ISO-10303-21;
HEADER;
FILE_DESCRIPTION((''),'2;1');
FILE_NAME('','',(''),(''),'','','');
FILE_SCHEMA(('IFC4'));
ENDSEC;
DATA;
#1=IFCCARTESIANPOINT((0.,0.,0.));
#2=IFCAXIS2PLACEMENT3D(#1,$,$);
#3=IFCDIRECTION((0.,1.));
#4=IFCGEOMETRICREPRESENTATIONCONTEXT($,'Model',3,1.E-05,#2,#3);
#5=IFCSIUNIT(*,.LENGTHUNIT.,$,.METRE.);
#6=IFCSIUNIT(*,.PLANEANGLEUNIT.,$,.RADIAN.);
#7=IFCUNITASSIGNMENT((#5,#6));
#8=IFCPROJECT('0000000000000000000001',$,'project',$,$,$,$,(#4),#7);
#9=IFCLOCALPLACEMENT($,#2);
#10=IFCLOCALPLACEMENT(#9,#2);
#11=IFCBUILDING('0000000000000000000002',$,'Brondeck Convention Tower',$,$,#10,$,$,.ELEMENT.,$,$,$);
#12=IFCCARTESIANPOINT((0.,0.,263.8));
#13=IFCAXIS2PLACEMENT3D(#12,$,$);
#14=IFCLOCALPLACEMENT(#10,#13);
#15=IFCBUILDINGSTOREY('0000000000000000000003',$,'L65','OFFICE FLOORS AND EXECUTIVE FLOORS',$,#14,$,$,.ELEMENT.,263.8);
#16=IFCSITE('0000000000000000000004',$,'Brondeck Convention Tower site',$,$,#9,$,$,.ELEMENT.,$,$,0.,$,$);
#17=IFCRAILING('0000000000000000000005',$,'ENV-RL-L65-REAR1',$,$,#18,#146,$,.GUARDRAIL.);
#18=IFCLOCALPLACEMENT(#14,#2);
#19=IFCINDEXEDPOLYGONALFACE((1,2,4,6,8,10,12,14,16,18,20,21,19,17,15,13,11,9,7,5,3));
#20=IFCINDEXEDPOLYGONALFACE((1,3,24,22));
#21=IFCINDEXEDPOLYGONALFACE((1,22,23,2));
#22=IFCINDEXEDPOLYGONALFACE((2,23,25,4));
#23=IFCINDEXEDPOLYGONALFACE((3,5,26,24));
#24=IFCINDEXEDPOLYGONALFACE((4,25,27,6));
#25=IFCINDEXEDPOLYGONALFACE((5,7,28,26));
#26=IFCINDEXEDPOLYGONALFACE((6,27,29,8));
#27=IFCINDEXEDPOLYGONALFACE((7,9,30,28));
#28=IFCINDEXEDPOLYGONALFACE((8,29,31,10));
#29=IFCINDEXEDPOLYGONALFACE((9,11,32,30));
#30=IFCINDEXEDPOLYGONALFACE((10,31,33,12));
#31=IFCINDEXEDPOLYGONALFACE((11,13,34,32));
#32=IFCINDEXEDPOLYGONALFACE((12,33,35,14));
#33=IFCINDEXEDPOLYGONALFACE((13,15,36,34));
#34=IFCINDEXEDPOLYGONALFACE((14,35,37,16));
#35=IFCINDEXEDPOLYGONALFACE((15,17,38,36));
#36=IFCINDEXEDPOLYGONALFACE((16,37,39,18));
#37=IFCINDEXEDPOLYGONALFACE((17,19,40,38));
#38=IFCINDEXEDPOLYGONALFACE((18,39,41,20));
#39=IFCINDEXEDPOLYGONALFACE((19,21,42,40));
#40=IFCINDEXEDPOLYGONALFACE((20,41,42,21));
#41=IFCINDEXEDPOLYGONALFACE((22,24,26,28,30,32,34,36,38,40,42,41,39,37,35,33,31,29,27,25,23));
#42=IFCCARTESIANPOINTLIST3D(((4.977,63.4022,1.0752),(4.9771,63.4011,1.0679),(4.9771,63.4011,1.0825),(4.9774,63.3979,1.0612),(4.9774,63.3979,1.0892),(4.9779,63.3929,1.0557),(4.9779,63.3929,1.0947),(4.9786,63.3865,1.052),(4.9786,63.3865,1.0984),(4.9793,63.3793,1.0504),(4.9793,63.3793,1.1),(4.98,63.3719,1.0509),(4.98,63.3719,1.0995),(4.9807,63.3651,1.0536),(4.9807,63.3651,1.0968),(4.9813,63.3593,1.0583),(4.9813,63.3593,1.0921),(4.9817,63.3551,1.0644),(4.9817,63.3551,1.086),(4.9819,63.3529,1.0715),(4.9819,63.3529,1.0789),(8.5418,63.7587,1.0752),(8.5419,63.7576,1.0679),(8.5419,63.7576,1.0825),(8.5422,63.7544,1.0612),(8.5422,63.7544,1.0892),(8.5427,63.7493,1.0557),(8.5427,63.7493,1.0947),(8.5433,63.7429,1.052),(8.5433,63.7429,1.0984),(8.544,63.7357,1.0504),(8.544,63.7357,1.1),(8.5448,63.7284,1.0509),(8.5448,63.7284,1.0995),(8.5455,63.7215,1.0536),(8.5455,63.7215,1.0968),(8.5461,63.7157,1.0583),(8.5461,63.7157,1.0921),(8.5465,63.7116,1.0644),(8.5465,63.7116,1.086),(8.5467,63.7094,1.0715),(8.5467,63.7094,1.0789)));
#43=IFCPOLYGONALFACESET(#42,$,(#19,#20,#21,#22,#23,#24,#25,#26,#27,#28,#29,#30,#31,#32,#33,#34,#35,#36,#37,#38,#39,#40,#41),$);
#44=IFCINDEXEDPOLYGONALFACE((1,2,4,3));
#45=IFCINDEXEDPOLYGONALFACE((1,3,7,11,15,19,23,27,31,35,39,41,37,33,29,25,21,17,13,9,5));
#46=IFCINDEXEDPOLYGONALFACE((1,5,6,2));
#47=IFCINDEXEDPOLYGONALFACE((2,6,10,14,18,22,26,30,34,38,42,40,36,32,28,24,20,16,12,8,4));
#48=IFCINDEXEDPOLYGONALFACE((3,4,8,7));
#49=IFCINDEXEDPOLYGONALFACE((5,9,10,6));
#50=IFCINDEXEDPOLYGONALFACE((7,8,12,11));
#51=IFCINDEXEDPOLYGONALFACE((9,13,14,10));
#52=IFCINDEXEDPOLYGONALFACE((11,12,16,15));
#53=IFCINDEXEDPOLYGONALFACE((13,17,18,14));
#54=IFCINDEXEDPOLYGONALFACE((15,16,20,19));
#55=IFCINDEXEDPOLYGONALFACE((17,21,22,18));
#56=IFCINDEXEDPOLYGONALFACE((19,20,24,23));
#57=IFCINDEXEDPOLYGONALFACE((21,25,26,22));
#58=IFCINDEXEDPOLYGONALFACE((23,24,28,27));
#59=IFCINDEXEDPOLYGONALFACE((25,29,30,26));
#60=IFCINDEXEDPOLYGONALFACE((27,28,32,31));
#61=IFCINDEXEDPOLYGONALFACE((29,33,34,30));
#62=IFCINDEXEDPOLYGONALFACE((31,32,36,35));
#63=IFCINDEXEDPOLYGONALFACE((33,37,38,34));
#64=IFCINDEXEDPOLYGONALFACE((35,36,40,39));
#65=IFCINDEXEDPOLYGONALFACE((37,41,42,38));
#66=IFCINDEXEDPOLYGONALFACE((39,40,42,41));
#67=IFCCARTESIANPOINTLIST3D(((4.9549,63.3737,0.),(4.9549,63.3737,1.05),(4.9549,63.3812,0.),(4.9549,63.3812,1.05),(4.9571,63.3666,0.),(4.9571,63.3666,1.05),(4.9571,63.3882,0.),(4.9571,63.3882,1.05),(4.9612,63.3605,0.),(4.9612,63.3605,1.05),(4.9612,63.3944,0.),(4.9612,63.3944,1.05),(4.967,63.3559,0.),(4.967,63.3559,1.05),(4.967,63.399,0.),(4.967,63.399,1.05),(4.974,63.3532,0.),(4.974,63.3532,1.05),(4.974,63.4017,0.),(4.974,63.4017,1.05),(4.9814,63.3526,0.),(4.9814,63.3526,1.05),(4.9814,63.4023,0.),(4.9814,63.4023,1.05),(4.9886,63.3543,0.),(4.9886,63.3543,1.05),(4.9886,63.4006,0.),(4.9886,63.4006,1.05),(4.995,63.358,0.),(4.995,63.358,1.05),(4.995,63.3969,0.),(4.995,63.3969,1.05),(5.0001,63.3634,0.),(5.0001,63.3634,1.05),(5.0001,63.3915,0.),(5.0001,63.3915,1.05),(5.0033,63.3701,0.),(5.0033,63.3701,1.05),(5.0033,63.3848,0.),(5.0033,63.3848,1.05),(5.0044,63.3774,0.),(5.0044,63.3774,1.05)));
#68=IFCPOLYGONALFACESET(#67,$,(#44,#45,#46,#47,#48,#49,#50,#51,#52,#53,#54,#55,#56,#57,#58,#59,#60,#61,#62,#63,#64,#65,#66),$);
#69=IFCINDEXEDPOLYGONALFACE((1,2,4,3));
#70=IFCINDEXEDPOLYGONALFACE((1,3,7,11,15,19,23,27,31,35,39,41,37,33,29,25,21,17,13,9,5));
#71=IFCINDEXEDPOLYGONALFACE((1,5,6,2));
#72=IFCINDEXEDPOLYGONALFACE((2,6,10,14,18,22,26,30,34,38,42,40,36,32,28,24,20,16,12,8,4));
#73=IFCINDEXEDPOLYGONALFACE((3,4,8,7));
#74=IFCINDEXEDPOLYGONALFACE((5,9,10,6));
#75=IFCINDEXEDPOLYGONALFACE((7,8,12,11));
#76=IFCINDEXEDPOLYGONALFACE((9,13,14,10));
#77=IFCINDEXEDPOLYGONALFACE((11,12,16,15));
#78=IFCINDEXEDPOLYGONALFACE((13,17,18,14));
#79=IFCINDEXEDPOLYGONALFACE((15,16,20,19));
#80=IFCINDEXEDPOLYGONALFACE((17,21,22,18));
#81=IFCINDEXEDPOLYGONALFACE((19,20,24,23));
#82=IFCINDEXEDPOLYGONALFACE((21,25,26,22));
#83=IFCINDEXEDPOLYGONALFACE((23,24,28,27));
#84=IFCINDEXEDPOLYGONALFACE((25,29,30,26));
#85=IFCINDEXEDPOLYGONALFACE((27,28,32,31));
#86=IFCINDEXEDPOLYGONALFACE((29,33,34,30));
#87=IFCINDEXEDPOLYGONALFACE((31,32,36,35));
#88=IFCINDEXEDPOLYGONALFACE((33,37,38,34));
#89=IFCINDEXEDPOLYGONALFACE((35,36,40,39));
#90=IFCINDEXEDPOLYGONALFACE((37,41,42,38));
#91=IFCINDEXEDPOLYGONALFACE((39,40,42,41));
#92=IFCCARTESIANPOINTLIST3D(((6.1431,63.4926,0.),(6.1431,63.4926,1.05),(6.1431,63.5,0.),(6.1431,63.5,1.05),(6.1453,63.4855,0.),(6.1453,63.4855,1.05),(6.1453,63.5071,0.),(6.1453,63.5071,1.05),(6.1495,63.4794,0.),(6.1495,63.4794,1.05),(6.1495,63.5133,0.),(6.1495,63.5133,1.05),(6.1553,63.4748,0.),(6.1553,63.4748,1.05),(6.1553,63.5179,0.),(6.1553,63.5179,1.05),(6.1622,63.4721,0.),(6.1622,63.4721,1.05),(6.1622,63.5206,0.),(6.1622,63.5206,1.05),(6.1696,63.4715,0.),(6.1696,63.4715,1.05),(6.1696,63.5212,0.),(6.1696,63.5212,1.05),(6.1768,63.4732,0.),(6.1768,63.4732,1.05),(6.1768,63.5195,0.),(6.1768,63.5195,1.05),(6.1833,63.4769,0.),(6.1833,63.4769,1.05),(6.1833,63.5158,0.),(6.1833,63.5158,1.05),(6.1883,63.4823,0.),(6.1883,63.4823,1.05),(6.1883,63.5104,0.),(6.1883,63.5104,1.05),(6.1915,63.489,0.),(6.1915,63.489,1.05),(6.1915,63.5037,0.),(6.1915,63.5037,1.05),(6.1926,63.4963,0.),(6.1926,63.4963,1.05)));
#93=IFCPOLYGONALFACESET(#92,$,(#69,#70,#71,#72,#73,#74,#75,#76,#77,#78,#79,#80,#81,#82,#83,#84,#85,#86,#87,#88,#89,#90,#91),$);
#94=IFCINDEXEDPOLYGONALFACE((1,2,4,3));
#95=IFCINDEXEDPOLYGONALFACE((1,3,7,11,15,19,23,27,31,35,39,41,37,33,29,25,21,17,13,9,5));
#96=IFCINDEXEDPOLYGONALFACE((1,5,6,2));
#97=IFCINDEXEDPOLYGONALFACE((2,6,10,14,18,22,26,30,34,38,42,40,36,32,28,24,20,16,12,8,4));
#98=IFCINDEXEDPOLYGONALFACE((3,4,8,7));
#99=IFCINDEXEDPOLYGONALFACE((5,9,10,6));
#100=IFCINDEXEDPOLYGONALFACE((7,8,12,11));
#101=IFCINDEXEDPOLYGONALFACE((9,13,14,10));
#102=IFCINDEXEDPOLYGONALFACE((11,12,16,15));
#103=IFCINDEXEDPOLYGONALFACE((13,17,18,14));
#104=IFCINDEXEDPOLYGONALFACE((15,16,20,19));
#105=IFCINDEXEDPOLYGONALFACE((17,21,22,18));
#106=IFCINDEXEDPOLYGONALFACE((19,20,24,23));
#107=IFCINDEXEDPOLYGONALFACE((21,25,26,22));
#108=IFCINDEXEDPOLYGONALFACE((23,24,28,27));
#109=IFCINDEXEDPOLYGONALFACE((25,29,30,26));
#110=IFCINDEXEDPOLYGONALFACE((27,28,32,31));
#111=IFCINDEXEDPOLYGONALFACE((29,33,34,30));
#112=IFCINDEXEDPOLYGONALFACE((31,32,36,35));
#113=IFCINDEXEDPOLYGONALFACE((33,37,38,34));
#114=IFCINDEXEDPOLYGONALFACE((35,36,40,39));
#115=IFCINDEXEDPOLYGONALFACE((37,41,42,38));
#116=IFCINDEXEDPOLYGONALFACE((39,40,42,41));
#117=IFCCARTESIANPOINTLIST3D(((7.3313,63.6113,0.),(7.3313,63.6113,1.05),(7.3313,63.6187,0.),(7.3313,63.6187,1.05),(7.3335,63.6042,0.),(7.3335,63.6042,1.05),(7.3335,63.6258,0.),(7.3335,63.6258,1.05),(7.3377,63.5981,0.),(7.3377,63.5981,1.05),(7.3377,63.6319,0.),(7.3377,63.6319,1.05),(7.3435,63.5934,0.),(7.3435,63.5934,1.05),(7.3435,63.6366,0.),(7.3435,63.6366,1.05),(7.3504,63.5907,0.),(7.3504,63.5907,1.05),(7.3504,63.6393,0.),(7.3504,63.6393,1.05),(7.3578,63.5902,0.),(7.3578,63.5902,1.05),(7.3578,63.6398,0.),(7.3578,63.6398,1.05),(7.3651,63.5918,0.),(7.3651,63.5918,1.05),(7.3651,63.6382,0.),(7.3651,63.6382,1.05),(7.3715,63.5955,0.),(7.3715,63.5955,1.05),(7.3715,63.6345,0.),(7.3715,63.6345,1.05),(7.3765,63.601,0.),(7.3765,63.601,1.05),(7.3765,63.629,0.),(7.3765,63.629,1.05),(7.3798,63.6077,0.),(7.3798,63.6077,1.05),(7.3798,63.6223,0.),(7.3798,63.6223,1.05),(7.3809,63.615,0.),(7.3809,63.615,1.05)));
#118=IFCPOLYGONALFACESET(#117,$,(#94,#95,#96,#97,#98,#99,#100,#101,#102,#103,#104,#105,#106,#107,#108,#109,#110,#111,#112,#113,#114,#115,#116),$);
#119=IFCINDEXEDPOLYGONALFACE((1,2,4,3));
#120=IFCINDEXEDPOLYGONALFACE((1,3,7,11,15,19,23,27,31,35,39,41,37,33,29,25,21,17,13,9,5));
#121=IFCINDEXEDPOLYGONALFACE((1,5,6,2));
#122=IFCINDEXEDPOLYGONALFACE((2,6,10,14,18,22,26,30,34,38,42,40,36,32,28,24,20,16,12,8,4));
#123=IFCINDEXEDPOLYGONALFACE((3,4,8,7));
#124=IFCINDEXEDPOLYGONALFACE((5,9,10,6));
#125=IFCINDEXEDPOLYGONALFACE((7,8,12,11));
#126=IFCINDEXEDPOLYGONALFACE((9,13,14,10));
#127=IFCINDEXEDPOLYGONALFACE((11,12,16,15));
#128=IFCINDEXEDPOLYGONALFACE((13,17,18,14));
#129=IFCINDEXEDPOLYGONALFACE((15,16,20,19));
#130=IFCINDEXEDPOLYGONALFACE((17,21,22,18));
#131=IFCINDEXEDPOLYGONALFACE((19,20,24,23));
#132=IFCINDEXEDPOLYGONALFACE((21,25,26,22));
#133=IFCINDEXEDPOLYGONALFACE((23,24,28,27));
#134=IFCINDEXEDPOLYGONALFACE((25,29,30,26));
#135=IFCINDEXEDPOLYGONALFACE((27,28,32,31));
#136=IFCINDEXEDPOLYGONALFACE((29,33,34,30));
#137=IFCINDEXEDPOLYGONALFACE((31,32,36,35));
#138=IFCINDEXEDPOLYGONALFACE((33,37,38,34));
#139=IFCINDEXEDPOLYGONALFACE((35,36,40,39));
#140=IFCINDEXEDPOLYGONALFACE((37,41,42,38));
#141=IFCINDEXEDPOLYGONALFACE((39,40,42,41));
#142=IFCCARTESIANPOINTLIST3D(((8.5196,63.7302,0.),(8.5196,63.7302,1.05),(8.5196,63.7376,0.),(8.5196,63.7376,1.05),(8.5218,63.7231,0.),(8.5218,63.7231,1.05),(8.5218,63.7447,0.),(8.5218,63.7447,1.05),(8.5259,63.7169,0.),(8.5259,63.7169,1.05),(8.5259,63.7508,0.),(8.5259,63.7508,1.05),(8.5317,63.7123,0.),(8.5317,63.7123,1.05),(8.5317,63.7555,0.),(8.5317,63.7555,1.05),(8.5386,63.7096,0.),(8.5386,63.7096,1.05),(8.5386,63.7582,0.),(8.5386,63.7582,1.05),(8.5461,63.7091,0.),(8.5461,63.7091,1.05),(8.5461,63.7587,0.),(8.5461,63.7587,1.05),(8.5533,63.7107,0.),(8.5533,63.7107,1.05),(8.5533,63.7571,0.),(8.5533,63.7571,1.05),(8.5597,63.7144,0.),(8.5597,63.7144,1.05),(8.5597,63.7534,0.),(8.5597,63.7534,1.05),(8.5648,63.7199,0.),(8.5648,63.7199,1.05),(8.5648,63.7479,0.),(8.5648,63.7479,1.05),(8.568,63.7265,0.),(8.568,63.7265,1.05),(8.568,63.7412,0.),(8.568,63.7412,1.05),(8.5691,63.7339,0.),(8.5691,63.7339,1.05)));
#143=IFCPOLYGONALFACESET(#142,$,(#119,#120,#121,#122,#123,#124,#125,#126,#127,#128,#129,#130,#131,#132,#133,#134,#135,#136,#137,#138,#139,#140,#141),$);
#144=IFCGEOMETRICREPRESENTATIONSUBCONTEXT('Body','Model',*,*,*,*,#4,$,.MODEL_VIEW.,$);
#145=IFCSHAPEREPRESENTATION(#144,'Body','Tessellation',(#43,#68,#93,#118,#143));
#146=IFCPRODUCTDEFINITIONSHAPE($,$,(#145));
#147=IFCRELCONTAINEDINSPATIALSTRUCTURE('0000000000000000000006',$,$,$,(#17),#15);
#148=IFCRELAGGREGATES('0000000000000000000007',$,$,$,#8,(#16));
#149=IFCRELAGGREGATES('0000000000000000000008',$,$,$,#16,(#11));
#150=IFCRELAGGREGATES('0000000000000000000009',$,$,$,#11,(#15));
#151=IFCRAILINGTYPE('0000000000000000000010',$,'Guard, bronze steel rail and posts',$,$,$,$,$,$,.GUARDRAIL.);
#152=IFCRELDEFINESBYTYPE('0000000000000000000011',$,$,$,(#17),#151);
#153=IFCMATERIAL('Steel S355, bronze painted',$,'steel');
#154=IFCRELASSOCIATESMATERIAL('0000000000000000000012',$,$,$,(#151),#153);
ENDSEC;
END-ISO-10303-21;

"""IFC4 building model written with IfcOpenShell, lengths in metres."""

from ifc_helpers import new_model, si_unit, direction, frame, origin, origin_2d, place, context, subcontext, project, spatial, circle, extrude, material, type_object, element, save


model = new_model("IFC4")

# Units and contexts
model_context = context("Model", 3, precision=1e-05, world=origin(), true_north=direction((0.0, 1.0)))
body_context = subcontext(model_context, "Body", "Model", "MODEL_VIEW")
ifc_project = project(units=[si_unit("LENGTHUNIT", "METRE"), si_unit("PLANEANGLEUNIT", "RADIAN")], contexts=[model_context])

# Site, building, storey
site_placement = place(None, origin())
site = spatial("IfcSite", under=ifc_project, at=site_placement, Name="Brondeck Convention Tower site", CompositionType="ELEMENT", RefElevation=0.0)
building_placement = place(site_placement, origin())
building = spatial("IfcBuilding", under=site, at=building_placement, Name="Brondeck Convention Tower", CompositionType="ELEMENT")
storey_placement = place(building_placement, frame((0.0, 0.0, 263.8)))
storey = spatial("IfcBuildingStorey", under=building, at=storey_placement, Name="L65", Description="OFFICE FLOORS AND EXECUTIVE FLOORS", CompositionType="ELEMENT", Elevation=263.8)

# Railing
ifc_material_1 = material(Name="Steel S355, bronze painted", Category="steel")
railing_type = type_object("IfcRailingType", Name="Guard, bronze steel rail and posts", PredefinedType="GUARDRAIL", material=ifc_material_1)
railing_placement = place(storey_placement, frame((4.9795, 63.3774, 0.0)))
element("IfcRailing", 1, at=railing_placement, inside=storey, type_object=railing_type, Name="ENV-RL-L65-REAR1", PredefinedType="GUARDRAIL", context=body_context, shape_type="SweptSolid", body=[
    extrude(circle(Radius=0.0249, at=origin_2d()), frame((0.0, 0.0, 1.0752), z_axis=(0.995038, 0.099497, 0.0), x_axis=(-0.099497, 0.995038, 0.0)), (0.0, 0.0, 1.0), 3.5825),
    extrude(circle(Radius=0.0249, at=origin_2d()), origin(), (0.0, 0.0, 1.0), 1.05),
    extrude(circle(Radius=0.0249, at=origin_2d()), frame((1.1882, 0.1189, 0.0)), (0.0, 0.0, 1.0), 1.05),
    extrude(circle(Radius=0.0249, at=origin_2d()), frame((2.3765, 0.2375, 0.0)), (0.0, 0.0, 1.0), 1.05),
    extrude(circle(Radius=0.0249, at=origin_2d()), frame((3.5647, 0.3564, 0.0)), (0.0, 0.0, 1.0), 1.05),
])

save(model, "model.ifc")
